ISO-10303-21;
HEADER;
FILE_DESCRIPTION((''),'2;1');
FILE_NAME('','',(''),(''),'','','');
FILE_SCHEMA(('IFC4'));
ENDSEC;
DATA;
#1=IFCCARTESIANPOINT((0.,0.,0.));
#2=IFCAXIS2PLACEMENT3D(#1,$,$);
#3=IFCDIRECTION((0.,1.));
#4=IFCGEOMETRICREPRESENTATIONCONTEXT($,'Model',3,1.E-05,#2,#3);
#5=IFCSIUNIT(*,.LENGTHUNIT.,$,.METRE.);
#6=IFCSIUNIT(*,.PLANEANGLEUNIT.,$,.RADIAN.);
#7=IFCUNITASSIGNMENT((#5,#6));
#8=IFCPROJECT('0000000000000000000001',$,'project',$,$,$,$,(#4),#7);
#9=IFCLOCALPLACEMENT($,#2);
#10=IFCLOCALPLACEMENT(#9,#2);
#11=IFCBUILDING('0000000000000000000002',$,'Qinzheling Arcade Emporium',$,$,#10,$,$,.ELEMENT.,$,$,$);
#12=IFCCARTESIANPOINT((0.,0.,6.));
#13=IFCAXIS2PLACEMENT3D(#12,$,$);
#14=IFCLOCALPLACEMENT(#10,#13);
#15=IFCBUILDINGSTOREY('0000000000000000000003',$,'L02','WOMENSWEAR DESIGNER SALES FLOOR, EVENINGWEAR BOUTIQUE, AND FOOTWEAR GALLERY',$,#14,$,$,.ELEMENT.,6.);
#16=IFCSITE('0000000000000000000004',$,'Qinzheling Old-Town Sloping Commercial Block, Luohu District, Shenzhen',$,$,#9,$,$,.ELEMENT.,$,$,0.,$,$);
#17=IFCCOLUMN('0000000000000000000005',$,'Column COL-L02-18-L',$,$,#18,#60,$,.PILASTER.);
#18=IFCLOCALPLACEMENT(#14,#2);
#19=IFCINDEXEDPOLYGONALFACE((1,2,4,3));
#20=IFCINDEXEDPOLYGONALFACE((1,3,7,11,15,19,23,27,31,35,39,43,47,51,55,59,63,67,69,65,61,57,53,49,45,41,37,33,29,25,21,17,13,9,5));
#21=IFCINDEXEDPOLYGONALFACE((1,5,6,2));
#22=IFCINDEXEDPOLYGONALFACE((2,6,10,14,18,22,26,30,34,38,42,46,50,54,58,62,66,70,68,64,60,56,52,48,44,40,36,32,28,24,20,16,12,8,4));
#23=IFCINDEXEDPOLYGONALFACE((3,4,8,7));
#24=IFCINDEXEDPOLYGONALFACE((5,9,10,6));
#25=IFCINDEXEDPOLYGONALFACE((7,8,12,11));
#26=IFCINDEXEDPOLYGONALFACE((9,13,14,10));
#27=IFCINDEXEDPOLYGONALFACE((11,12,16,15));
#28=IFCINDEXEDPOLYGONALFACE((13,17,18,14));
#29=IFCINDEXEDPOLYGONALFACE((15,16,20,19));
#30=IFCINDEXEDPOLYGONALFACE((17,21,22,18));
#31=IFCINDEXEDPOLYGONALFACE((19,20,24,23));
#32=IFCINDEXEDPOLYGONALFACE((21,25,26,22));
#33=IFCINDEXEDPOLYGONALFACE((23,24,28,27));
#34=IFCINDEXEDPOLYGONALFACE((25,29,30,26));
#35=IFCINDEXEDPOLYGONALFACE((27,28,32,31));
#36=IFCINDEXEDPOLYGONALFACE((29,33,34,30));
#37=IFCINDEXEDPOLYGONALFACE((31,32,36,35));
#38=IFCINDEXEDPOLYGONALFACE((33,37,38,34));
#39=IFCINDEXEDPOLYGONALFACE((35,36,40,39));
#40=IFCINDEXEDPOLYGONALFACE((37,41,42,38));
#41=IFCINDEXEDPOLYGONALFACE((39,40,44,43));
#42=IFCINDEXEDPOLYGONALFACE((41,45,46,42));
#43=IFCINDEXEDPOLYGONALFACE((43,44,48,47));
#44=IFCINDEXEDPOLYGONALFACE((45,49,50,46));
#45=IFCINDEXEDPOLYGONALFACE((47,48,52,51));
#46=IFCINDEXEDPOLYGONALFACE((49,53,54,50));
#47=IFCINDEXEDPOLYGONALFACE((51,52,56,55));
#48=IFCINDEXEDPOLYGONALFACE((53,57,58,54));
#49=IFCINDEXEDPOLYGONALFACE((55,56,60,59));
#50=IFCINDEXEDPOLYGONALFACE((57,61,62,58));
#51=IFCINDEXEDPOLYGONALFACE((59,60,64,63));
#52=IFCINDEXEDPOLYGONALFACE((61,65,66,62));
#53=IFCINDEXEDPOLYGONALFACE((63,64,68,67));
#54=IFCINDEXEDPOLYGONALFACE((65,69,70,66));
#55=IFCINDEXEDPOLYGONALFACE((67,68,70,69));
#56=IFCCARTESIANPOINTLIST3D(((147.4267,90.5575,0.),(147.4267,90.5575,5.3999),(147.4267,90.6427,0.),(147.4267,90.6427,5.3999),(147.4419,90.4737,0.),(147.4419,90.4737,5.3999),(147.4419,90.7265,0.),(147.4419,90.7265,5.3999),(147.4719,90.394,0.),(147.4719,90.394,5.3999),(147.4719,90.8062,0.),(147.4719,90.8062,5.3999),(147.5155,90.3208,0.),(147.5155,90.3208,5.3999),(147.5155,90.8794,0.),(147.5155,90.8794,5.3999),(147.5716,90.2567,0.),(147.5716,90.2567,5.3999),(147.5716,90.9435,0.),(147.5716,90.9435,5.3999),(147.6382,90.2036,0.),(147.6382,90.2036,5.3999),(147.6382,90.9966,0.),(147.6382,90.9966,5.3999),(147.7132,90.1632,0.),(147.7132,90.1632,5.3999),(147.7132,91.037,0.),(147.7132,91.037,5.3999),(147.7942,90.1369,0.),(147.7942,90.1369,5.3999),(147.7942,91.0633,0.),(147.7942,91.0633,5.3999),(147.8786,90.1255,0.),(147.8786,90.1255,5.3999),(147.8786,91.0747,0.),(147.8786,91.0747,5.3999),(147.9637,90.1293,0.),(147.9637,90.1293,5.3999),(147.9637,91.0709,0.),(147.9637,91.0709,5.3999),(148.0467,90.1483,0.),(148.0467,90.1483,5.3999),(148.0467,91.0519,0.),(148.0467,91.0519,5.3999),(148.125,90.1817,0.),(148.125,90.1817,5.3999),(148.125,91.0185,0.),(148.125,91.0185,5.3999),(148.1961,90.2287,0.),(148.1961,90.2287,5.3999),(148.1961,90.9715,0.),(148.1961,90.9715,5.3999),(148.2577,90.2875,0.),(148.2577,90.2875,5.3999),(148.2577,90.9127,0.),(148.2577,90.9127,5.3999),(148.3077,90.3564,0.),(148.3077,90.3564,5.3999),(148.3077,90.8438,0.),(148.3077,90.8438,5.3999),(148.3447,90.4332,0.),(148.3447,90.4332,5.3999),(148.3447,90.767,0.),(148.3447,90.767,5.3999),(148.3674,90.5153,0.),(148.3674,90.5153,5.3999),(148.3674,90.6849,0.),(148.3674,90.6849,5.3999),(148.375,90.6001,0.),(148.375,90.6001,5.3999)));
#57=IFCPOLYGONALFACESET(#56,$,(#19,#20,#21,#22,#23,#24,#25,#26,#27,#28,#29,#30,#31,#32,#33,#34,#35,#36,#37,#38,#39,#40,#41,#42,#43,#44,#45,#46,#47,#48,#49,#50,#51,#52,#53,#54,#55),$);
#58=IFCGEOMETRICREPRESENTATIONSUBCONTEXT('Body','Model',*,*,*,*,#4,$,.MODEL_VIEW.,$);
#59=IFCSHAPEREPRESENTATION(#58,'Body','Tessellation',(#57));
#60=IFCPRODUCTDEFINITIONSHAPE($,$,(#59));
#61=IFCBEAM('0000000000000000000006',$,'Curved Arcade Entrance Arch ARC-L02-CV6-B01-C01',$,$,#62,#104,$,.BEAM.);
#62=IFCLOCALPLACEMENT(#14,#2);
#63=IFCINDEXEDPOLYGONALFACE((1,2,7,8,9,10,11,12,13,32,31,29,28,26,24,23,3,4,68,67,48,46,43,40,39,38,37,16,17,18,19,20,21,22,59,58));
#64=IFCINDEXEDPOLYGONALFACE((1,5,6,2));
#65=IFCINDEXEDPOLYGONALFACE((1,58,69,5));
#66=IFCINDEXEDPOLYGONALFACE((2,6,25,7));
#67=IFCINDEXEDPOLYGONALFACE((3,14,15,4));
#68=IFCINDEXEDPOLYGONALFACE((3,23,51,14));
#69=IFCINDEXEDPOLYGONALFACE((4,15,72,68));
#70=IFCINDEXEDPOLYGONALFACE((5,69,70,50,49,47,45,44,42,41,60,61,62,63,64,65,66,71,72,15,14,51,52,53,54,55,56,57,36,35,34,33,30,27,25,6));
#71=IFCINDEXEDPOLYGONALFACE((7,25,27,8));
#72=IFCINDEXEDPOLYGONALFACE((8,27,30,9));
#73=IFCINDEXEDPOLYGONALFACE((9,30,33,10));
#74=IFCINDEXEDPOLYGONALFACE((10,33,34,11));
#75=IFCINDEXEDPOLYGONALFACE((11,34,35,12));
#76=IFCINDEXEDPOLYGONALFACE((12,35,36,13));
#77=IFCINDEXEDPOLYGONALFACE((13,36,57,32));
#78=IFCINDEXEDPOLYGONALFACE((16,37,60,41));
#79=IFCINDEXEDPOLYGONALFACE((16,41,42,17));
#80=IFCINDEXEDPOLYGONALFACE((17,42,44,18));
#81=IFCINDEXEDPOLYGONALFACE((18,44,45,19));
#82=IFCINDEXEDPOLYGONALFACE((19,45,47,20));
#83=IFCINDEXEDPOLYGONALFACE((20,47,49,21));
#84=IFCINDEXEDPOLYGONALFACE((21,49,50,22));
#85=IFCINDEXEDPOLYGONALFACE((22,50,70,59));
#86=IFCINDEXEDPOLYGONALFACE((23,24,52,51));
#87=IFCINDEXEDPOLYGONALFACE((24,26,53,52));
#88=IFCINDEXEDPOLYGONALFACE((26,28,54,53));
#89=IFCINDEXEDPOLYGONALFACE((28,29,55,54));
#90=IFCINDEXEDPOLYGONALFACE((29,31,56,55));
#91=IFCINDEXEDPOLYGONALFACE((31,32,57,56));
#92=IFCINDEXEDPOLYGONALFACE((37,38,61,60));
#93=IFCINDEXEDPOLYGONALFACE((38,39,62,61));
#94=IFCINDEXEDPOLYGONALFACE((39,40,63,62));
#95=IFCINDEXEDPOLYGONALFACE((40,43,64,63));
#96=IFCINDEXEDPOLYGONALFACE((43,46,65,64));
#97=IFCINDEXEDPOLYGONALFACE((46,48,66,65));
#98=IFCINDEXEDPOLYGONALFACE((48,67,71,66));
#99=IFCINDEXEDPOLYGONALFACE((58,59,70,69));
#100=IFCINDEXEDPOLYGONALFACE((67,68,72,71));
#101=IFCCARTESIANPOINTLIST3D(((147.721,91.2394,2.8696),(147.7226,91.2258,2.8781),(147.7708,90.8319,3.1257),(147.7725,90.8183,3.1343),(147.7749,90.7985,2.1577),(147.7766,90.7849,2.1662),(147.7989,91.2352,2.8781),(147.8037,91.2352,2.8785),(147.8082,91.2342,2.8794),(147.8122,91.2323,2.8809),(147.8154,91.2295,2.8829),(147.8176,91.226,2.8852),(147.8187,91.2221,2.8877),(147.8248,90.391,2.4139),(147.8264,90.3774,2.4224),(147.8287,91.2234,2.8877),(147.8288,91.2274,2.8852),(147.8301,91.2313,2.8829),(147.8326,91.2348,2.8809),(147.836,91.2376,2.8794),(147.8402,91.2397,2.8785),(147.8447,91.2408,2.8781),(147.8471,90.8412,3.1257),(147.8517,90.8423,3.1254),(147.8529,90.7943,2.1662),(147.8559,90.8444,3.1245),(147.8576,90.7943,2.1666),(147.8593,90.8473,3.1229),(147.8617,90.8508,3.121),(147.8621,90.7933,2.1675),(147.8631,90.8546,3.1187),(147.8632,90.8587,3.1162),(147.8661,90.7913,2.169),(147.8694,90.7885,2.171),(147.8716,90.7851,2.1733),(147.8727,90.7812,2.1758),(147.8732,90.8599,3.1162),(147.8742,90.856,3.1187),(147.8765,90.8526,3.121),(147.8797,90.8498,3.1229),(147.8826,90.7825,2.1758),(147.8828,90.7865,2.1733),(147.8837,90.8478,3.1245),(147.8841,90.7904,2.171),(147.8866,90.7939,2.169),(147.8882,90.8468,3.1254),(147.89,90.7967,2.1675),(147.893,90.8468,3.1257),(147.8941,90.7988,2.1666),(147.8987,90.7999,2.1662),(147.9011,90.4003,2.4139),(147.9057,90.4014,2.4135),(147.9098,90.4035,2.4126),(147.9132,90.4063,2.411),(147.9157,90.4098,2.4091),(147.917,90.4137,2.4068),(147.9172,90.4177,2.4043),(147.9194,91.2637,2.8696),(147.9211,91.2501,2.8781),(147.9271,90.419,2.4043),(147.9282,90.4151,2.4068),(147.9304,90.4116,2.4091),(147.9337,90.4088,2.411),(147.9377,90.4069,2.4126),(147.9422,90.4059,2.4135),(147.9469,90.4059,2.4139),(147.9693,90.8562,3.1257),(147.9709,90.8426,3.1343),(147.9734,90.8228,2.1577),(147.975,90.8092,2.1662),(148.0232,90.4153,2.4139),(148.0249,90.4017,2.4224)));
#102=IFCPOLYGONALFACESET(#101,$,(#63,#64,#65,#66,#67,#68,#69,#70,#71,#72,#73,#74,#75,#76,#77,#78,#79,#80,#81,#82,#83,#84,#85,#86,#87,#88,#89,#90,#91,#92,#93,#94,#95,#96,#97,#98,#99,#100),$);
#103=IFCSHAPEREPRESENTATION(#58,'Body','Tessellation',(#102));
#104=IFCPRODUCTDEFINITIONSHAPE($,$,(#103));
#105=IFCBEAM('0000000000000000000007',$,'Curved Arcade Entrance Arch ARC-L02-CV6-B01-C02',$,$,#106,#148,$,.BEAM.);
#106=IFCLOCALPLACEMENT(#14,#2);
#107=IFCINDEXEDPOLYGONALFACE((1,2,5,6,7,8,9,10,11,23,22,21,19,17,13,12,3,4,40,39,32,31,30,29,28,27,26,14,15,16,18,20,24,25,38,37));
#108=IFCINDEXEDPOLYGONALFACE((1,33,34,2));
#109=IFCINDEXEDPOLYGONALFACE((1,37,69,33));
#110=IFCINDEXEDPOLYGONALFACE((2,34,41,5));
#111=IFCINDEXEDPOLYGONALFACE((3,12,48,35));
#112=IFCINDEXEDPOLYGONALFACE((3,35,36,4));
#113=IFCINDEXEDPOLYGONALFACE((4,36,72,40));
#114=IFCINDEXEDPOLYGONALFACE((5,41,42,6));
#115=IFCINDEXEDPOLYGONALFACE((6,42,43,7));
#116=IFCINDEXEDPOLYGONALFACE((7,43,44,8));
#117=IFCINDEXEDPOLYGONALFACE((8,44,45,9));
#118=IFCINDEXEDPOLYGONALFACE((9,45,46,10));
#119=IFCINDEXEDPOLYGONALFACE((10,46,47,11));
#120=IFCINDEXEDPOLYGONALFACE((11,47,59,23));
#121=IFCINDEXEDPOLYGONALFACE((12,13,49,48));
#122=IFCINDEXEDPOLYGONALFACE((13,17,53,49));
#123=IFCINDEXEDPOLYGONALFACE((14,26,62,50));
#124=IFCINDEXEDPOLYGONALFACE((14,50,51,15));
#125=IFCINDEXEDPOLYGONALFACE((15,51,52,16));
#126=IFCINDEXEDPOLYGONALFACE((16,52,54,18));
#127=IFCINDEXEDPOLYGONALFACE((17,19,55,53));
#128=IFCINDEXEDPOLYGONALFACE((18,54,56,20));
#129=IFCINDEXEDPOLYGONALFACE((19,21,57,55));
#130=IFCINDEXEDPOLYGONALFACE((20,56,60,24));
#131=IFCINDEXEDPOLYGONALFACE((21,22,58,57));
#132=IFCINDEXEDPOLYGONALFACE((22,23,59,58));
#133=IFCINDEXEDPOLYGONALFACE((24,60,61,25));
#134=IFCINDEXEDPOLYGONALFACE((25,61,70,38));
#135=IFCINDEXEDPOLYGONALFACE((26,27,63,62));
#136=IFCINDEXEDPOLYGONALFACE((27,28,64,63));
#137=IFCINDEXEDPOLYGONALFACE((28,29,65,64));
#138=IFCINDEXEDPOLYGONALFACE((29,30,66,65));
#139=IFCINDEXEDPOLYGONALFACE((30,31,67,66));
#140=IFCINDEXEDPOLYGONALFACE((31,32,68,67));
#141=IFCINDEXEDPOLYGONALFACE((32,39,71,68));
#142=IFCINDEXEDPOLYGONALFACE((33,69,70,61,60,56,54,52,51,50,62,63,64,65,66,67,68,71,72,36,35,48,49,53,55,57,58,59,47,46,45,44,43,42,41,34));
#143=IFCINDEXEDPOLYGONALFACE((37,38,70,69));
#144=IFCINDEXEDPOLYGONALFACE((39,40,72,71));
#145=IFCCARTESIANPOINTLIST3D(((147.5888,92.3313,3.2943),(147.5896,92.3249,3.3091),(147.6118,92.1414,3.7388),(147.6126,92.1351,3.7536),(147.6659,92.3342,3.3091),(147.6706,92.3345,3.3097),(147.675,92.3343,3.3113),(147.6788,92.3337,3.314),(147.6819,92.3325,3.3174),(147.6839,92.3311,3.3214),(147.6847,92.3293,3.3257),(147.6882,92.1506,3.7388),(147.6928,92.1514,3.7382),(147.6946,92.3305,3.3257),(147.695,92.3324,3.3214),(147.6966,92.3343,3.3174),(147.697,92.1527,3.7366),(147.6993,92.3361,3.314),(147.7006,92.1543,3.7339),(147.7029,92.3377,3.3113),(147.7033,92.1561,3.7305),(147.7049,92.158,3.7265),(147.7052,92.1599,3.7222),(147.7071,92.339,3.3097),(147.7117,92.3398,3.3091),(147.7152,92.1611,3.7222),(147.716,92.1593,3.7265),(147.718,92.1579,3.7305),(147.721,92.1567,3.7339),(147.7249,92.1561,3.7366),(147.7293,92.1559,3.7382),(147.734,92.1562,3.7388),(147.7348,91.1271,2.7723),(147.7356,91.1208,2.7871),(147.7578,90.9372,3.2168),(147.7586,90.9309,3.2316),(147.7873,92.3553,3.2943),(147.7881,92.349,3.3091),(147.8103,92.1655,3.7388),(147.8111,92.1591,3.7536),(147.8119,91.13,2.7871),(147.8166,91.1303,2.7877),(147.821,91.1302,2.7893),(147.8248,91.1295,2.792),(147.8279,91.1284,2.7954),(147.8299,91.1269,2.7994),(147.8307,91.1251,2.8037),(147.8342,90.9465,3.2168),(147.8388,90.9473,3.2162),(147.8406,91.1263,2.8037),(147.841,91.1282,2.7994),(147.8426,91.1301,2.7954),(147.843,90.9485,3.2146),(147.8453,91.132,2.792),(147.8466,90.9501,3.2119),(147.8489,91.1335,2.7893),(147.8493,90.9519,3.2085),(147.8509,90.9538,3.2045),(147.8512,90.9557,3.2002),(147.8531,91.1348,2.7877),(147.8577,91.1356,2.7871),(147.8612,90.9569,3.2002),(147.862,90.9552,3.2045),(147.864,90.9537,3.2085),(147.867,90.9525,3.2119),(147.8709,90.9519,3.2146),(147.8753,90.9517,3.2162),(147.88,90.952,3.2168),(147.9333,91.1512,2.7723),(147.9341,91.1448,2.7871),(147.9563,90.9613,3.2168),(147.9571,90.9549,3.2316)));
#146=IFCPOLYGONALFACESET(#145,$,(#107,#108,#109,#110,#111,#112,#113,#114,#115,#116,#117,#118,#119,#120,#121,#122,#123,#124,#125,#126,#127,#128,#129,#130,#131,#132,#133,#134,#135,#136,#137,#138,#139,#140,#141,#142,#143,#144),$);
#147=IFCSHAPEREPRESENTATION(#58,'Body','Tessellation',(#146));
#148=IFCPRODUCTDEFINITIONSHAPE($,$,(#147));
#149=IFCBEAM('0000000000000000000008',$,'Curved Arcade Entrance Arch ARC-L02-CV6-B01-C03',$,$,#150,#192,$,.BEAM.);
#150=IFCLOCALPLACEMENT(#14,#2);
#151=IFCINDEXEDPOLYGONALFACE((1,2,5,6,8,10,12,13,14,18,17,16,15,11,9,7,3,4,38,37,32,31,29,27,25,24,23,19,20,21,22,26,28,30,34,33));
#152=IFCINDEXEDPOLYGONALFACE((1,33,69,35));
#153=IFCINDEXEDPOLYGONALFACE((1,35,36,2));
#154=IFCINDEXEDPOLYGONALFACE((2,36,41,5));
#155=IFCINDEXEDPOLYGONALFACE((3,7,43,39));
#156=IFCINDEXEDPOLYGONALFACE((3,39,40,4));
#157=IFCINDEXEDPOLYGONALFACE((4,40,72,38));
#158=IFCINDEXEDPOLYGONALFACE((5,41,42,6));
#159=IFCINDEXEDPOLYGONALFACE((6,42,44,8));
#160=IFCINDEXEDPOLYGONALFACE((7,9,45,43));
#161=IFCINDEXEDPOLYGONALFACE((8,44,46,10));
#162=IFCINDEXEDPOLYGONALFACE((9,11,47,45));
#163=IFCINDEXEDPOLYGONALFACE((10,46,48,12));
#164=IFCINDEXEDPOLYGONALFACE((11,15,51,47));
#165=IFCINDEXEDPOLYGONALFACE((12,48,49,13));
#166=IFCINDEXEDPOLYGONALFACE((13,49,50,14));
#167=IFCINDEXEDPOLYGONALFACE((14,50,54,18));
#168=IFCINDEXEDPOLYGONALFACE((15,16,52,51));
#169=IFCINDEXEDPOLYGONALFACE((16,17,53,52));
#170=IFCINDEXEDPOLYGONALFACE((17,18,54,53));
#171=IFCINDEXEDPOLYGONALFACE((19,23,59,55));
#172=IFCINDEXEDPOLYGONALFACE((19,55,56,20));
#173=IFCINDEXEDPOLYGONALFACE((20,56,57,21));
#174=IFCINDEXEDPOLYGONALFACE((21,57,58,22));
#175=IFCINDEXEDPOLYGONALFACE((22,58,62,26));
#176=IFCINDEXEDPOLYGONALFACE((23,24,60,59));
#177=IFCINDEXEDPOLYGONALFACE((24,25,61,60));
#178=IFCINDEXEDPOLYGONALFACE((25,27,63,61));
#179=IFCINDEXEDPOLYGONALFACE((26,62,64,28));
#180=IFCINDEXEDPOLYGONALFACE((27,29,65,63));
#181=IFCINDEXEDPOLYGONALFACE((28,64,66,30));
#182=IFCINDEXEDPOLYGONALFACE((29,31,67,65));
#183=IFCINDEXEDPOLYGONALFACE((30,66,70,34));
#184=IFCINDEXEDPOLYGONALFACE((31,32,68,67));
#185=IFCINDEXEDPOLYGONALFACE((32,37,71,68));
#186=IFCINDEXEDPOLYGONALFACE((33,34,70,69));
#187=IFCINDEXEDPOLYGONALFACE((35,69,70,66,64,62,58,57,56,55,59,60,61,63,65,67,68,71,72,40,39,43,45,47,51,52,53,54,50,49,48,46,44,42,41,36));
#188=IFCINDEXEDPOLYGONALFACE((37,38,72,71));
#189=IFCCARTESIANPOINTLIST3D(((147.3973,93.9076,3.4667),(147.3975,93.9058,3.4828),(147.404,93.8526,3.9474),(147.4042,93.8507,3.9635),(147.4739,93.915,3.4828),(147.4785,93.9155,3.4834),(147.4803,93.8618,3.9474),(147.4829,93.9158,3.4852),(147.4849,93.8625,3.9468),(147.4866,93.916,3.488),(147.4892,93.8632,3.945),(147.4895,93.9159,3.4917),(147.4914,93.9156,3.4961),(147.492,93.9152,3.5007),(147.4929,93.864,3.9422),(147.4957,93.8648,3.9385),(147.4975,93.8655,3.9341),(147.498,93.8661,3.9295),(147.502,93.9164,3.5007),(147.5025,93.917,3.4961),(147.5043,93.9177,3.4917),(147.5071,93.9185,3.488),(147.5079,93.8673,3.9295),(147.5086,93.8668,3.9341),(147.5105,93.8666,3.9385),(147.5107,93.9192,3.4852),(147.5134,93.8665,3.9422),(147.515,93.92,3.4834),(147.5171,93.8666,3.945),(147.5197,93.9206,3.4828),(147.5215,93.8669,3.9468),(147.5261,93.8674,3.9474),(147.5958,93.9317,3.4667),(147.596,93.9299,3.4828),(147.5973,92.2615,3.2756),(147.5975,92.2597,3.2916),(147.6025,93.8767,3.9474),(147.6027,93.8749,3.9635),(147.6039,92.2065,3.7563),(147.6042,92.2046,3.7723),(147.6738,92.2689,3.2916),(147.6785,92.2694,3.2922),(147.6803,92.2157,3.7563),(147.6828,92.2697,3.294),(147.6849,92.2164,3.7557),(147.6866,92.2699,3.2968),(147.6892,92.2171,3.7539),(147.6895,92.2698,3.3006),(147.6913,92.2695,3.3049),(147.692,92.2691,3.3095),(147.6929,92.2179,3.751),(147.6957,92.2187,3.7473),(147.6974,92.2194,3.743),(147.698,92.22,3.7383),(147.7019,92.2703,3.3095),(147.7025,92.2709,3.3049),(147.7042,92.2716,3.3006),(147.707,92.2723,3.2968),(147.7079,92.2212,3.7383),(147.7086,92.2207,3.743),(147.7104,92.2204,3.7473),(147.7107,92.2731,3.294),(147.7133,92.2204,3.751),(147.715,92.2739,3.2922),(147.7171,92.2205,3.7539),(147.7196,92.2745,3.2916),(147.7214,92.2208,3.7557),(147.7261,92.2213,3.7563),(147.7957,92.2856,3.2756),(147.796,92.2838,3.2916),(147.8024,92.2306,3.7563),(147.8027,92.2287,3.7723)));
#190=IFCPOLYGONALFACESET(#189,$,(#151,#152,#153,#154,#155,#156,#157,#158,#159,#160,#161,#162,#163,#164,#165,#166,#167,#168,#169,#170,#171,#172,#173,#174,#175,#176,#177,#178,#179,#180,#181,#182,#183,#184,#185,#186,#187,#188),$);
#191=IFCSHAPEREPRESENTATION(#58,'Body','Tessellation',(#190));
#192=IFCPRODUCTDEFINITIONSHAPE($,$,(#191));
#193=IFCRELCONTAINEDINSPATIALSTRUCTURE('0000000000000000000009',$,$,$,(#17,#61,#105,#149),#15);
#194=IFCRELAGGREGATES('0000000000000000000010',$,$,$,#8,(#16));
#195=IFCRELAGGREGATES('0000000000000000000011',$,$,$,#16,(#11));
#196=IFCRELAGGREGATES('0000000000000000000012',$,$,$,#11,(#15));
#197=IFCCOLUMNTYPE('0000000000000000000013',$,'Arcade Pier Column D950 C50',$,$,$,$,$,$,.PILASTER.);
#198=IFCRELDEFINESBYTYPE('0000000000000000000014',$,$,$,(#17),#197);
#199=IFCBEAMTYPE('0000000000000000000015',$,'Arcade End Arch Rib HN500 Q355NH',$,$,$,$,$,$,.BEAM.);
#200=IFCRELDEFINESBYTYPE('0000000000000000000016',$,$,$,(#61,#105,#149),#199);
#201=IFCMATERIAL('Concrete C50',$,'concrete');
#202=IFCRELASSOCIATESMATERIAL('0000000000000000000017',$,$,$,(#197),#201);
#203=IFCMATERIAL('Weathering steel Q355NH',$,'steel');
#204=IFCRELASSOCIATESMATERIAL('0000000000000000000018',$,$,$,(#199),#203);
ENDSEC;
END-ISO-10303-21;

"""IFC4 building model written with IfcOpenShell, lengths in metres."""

from ifc_helpers import new_model, si_unit, direction, frame, origin, origin_2d, place, context, subcontext, project, spatial, circle, i_section, extrude, material, material_profile, profile_set, type_object, element, save


model = new_model("IFC4")

# Units and contexts
model_context = context("Model", 3, precision=1e-05, world=origin(), true_north=direction((0.0, 1.0)))
body_context = subcontext(model_context, "Body", "Model", "MODEL_VIEW")
ifc_project = project(units=[si_unit("LENGTHUNIT", "METRE"), si_unit("PLANEANGLEUNIT", "RADIAN")], contexts=[model_context])

# Site, building, storey
site_placement = place(None, origin())
site = spatial("IfcSite", under=ifc_project, at=site_placement, Name="Qinzheling Old-Town Sloping Commercial Block, Luohu District, Shenzhen", CompositionType="ELEMENT", RefElevation=0.0)
building_placement = place(site_placement, origin())
building = spatial("IfcBuilding", under=site, at=building_placement, Name="Qinzheling Arcade Emporium", CompositionType="ELEMENT")
storey_placement = place(building_placement, frame((0.0, 0.0, 6.0)))
storey = spatial("IfcBuildingStorey", under=building, at=storey_placement, Name="L02", Description="WOMENSWEAR DESIGNER SALES FLOOR, EVENINGWEAR BOUTIQUE, AND FOOTWEAR GALLERY", CompositionType="ELEMENT", Elevation=6.0)

# Column
ifc_material_1 = material(Name="Concrete C50", Category="concrete")
ifc_material_profile_1 = material_profile(ifc_material_1, circle(Radius=0.4751, at=origin_2d()), Name="RC D950", Category="concrete")
ifc_profile_set_1 = profile_set([ifc_material_profile_1], Name="Concrete C50")
column_type = type_object("IfcColumnType", Name="Arcade Pier Column D950 C50", PredefinedType="PILASTER", material=ifc_profile_set_1)
column_placement = place(storey_placement, frame((147.8999, 90.6001, 0.0), z_axis=(0.0, 0.0, 1.0), x_axis=(1.0, 0.0, 0.0)))
element("IfcColumn", 1, at=column_placement, inside=storey, type_object=column_type, Name="Column COL-L02-18-L", PredefinedType="PILASTER", context=body_context, shape_type="SweptSolid", body=[
    extrude(circle(Radius=0.4751, at=origin_2d()), origin(), (0.0, 0.0, 1.0), 5.3999),
])

# Beams
ifc_material_2 = material(Name="Weathering steel Q355NH", Category="steel")
ifc_material_profile_2 = material_profile(ifc_material_2, i_section(OverallWidth=0.2, OverallDepth=0.5, WebThickness=0.01, FlangeThickness=0.0161, FilletRadius=0.0181, at=origin_2d()), Name="HN 500x200x10x16", Category="steel")
ifc_profile_set_2 = profile_set([ifc_material_profile_2], Name="Weathering steel Q355NH")
beam_type_1 = type_object("IfcBeamType", Name="Arcade End Arch Rib HN500 Q355NH", PredefinedType="BEAM", material=ifc_profile_set_2)
beam_1_placement = place(storey_placement, frame((147.8999, 90.6001, 2.29), z_axis=(-0.064299, 0.525446, 0.848394), x_axis=(-0.992596, -0.121464, 0.0)))
element("IfcBeam", 2, at=beam_1_placement, inside=storey, type_object=beam_type_1, Name="Curved Arcade Entrance Arch ARC-L02-CV6-B01-C01", PredefinedType="BEAM", context=body_context, shape_type="SweptSolid", body=[
    extrude(i_section(OverallWidth=0.2, OverallDepth=0.5, WebThickness=0.01, FlangeThickness=0.0161, FilletRadius=0.0181, at=origin_2d()), origin(), (0.0, 0.0, 1.0), 0.8391),
])
beam_2_placement = place(storey_placement, frame((147.8459, 91.041, 3.002), z_axis=(-0.110564, 0.911876, 0.395294), x_axis=(-0.992729, -0.120367, 0.0)))
element("IfcBeam", 3, at=beam_2_placement, inside=storey, type_object=beam_type_1, Name="Curved Arcade Entrance Arch ARC-L02-CV6-B01-C02", PredefinedType="BEAM", context=body_context, shape_type="SweptSolid", body=[
    extrude(i_section(OverallWidth=0.2, OverallDepth=0.5, WebThickness=0.01, FlangeThickness=0.0161, FilletRadius=0.0181, at=origin_2d()), origin(), (0.0, 0.0, 1.0), 1.3206),
])
beam_3_placement = place(storey_placement, frame((147.7, 92.2451, 3.5239), z_axis=(-0.119797, 0.98617, 0.114531), x_axis=(-0.992702, -0.120591, 0.0)))
element("IfcBeam", 4, at=beam_3_placement, inside=storey, type_object=beam_type_1, Name="Curved Arcade Entrance Arch ARC-L02-CV6-B01-C03", PredefinedType="BEAM", context=body_context, shape_type="SweptSolid", body=[
    extrude(i_section(OverallWidth=0.2, OverallDepth=0.5, WebThickness=0.01, FlangeThickness=0.0161, FilletRadius=0.0181, at=origin_2d()), origin(), (0.0, 0.0, 1.0), 1.6692),
])

save(model, "model.ifc")
